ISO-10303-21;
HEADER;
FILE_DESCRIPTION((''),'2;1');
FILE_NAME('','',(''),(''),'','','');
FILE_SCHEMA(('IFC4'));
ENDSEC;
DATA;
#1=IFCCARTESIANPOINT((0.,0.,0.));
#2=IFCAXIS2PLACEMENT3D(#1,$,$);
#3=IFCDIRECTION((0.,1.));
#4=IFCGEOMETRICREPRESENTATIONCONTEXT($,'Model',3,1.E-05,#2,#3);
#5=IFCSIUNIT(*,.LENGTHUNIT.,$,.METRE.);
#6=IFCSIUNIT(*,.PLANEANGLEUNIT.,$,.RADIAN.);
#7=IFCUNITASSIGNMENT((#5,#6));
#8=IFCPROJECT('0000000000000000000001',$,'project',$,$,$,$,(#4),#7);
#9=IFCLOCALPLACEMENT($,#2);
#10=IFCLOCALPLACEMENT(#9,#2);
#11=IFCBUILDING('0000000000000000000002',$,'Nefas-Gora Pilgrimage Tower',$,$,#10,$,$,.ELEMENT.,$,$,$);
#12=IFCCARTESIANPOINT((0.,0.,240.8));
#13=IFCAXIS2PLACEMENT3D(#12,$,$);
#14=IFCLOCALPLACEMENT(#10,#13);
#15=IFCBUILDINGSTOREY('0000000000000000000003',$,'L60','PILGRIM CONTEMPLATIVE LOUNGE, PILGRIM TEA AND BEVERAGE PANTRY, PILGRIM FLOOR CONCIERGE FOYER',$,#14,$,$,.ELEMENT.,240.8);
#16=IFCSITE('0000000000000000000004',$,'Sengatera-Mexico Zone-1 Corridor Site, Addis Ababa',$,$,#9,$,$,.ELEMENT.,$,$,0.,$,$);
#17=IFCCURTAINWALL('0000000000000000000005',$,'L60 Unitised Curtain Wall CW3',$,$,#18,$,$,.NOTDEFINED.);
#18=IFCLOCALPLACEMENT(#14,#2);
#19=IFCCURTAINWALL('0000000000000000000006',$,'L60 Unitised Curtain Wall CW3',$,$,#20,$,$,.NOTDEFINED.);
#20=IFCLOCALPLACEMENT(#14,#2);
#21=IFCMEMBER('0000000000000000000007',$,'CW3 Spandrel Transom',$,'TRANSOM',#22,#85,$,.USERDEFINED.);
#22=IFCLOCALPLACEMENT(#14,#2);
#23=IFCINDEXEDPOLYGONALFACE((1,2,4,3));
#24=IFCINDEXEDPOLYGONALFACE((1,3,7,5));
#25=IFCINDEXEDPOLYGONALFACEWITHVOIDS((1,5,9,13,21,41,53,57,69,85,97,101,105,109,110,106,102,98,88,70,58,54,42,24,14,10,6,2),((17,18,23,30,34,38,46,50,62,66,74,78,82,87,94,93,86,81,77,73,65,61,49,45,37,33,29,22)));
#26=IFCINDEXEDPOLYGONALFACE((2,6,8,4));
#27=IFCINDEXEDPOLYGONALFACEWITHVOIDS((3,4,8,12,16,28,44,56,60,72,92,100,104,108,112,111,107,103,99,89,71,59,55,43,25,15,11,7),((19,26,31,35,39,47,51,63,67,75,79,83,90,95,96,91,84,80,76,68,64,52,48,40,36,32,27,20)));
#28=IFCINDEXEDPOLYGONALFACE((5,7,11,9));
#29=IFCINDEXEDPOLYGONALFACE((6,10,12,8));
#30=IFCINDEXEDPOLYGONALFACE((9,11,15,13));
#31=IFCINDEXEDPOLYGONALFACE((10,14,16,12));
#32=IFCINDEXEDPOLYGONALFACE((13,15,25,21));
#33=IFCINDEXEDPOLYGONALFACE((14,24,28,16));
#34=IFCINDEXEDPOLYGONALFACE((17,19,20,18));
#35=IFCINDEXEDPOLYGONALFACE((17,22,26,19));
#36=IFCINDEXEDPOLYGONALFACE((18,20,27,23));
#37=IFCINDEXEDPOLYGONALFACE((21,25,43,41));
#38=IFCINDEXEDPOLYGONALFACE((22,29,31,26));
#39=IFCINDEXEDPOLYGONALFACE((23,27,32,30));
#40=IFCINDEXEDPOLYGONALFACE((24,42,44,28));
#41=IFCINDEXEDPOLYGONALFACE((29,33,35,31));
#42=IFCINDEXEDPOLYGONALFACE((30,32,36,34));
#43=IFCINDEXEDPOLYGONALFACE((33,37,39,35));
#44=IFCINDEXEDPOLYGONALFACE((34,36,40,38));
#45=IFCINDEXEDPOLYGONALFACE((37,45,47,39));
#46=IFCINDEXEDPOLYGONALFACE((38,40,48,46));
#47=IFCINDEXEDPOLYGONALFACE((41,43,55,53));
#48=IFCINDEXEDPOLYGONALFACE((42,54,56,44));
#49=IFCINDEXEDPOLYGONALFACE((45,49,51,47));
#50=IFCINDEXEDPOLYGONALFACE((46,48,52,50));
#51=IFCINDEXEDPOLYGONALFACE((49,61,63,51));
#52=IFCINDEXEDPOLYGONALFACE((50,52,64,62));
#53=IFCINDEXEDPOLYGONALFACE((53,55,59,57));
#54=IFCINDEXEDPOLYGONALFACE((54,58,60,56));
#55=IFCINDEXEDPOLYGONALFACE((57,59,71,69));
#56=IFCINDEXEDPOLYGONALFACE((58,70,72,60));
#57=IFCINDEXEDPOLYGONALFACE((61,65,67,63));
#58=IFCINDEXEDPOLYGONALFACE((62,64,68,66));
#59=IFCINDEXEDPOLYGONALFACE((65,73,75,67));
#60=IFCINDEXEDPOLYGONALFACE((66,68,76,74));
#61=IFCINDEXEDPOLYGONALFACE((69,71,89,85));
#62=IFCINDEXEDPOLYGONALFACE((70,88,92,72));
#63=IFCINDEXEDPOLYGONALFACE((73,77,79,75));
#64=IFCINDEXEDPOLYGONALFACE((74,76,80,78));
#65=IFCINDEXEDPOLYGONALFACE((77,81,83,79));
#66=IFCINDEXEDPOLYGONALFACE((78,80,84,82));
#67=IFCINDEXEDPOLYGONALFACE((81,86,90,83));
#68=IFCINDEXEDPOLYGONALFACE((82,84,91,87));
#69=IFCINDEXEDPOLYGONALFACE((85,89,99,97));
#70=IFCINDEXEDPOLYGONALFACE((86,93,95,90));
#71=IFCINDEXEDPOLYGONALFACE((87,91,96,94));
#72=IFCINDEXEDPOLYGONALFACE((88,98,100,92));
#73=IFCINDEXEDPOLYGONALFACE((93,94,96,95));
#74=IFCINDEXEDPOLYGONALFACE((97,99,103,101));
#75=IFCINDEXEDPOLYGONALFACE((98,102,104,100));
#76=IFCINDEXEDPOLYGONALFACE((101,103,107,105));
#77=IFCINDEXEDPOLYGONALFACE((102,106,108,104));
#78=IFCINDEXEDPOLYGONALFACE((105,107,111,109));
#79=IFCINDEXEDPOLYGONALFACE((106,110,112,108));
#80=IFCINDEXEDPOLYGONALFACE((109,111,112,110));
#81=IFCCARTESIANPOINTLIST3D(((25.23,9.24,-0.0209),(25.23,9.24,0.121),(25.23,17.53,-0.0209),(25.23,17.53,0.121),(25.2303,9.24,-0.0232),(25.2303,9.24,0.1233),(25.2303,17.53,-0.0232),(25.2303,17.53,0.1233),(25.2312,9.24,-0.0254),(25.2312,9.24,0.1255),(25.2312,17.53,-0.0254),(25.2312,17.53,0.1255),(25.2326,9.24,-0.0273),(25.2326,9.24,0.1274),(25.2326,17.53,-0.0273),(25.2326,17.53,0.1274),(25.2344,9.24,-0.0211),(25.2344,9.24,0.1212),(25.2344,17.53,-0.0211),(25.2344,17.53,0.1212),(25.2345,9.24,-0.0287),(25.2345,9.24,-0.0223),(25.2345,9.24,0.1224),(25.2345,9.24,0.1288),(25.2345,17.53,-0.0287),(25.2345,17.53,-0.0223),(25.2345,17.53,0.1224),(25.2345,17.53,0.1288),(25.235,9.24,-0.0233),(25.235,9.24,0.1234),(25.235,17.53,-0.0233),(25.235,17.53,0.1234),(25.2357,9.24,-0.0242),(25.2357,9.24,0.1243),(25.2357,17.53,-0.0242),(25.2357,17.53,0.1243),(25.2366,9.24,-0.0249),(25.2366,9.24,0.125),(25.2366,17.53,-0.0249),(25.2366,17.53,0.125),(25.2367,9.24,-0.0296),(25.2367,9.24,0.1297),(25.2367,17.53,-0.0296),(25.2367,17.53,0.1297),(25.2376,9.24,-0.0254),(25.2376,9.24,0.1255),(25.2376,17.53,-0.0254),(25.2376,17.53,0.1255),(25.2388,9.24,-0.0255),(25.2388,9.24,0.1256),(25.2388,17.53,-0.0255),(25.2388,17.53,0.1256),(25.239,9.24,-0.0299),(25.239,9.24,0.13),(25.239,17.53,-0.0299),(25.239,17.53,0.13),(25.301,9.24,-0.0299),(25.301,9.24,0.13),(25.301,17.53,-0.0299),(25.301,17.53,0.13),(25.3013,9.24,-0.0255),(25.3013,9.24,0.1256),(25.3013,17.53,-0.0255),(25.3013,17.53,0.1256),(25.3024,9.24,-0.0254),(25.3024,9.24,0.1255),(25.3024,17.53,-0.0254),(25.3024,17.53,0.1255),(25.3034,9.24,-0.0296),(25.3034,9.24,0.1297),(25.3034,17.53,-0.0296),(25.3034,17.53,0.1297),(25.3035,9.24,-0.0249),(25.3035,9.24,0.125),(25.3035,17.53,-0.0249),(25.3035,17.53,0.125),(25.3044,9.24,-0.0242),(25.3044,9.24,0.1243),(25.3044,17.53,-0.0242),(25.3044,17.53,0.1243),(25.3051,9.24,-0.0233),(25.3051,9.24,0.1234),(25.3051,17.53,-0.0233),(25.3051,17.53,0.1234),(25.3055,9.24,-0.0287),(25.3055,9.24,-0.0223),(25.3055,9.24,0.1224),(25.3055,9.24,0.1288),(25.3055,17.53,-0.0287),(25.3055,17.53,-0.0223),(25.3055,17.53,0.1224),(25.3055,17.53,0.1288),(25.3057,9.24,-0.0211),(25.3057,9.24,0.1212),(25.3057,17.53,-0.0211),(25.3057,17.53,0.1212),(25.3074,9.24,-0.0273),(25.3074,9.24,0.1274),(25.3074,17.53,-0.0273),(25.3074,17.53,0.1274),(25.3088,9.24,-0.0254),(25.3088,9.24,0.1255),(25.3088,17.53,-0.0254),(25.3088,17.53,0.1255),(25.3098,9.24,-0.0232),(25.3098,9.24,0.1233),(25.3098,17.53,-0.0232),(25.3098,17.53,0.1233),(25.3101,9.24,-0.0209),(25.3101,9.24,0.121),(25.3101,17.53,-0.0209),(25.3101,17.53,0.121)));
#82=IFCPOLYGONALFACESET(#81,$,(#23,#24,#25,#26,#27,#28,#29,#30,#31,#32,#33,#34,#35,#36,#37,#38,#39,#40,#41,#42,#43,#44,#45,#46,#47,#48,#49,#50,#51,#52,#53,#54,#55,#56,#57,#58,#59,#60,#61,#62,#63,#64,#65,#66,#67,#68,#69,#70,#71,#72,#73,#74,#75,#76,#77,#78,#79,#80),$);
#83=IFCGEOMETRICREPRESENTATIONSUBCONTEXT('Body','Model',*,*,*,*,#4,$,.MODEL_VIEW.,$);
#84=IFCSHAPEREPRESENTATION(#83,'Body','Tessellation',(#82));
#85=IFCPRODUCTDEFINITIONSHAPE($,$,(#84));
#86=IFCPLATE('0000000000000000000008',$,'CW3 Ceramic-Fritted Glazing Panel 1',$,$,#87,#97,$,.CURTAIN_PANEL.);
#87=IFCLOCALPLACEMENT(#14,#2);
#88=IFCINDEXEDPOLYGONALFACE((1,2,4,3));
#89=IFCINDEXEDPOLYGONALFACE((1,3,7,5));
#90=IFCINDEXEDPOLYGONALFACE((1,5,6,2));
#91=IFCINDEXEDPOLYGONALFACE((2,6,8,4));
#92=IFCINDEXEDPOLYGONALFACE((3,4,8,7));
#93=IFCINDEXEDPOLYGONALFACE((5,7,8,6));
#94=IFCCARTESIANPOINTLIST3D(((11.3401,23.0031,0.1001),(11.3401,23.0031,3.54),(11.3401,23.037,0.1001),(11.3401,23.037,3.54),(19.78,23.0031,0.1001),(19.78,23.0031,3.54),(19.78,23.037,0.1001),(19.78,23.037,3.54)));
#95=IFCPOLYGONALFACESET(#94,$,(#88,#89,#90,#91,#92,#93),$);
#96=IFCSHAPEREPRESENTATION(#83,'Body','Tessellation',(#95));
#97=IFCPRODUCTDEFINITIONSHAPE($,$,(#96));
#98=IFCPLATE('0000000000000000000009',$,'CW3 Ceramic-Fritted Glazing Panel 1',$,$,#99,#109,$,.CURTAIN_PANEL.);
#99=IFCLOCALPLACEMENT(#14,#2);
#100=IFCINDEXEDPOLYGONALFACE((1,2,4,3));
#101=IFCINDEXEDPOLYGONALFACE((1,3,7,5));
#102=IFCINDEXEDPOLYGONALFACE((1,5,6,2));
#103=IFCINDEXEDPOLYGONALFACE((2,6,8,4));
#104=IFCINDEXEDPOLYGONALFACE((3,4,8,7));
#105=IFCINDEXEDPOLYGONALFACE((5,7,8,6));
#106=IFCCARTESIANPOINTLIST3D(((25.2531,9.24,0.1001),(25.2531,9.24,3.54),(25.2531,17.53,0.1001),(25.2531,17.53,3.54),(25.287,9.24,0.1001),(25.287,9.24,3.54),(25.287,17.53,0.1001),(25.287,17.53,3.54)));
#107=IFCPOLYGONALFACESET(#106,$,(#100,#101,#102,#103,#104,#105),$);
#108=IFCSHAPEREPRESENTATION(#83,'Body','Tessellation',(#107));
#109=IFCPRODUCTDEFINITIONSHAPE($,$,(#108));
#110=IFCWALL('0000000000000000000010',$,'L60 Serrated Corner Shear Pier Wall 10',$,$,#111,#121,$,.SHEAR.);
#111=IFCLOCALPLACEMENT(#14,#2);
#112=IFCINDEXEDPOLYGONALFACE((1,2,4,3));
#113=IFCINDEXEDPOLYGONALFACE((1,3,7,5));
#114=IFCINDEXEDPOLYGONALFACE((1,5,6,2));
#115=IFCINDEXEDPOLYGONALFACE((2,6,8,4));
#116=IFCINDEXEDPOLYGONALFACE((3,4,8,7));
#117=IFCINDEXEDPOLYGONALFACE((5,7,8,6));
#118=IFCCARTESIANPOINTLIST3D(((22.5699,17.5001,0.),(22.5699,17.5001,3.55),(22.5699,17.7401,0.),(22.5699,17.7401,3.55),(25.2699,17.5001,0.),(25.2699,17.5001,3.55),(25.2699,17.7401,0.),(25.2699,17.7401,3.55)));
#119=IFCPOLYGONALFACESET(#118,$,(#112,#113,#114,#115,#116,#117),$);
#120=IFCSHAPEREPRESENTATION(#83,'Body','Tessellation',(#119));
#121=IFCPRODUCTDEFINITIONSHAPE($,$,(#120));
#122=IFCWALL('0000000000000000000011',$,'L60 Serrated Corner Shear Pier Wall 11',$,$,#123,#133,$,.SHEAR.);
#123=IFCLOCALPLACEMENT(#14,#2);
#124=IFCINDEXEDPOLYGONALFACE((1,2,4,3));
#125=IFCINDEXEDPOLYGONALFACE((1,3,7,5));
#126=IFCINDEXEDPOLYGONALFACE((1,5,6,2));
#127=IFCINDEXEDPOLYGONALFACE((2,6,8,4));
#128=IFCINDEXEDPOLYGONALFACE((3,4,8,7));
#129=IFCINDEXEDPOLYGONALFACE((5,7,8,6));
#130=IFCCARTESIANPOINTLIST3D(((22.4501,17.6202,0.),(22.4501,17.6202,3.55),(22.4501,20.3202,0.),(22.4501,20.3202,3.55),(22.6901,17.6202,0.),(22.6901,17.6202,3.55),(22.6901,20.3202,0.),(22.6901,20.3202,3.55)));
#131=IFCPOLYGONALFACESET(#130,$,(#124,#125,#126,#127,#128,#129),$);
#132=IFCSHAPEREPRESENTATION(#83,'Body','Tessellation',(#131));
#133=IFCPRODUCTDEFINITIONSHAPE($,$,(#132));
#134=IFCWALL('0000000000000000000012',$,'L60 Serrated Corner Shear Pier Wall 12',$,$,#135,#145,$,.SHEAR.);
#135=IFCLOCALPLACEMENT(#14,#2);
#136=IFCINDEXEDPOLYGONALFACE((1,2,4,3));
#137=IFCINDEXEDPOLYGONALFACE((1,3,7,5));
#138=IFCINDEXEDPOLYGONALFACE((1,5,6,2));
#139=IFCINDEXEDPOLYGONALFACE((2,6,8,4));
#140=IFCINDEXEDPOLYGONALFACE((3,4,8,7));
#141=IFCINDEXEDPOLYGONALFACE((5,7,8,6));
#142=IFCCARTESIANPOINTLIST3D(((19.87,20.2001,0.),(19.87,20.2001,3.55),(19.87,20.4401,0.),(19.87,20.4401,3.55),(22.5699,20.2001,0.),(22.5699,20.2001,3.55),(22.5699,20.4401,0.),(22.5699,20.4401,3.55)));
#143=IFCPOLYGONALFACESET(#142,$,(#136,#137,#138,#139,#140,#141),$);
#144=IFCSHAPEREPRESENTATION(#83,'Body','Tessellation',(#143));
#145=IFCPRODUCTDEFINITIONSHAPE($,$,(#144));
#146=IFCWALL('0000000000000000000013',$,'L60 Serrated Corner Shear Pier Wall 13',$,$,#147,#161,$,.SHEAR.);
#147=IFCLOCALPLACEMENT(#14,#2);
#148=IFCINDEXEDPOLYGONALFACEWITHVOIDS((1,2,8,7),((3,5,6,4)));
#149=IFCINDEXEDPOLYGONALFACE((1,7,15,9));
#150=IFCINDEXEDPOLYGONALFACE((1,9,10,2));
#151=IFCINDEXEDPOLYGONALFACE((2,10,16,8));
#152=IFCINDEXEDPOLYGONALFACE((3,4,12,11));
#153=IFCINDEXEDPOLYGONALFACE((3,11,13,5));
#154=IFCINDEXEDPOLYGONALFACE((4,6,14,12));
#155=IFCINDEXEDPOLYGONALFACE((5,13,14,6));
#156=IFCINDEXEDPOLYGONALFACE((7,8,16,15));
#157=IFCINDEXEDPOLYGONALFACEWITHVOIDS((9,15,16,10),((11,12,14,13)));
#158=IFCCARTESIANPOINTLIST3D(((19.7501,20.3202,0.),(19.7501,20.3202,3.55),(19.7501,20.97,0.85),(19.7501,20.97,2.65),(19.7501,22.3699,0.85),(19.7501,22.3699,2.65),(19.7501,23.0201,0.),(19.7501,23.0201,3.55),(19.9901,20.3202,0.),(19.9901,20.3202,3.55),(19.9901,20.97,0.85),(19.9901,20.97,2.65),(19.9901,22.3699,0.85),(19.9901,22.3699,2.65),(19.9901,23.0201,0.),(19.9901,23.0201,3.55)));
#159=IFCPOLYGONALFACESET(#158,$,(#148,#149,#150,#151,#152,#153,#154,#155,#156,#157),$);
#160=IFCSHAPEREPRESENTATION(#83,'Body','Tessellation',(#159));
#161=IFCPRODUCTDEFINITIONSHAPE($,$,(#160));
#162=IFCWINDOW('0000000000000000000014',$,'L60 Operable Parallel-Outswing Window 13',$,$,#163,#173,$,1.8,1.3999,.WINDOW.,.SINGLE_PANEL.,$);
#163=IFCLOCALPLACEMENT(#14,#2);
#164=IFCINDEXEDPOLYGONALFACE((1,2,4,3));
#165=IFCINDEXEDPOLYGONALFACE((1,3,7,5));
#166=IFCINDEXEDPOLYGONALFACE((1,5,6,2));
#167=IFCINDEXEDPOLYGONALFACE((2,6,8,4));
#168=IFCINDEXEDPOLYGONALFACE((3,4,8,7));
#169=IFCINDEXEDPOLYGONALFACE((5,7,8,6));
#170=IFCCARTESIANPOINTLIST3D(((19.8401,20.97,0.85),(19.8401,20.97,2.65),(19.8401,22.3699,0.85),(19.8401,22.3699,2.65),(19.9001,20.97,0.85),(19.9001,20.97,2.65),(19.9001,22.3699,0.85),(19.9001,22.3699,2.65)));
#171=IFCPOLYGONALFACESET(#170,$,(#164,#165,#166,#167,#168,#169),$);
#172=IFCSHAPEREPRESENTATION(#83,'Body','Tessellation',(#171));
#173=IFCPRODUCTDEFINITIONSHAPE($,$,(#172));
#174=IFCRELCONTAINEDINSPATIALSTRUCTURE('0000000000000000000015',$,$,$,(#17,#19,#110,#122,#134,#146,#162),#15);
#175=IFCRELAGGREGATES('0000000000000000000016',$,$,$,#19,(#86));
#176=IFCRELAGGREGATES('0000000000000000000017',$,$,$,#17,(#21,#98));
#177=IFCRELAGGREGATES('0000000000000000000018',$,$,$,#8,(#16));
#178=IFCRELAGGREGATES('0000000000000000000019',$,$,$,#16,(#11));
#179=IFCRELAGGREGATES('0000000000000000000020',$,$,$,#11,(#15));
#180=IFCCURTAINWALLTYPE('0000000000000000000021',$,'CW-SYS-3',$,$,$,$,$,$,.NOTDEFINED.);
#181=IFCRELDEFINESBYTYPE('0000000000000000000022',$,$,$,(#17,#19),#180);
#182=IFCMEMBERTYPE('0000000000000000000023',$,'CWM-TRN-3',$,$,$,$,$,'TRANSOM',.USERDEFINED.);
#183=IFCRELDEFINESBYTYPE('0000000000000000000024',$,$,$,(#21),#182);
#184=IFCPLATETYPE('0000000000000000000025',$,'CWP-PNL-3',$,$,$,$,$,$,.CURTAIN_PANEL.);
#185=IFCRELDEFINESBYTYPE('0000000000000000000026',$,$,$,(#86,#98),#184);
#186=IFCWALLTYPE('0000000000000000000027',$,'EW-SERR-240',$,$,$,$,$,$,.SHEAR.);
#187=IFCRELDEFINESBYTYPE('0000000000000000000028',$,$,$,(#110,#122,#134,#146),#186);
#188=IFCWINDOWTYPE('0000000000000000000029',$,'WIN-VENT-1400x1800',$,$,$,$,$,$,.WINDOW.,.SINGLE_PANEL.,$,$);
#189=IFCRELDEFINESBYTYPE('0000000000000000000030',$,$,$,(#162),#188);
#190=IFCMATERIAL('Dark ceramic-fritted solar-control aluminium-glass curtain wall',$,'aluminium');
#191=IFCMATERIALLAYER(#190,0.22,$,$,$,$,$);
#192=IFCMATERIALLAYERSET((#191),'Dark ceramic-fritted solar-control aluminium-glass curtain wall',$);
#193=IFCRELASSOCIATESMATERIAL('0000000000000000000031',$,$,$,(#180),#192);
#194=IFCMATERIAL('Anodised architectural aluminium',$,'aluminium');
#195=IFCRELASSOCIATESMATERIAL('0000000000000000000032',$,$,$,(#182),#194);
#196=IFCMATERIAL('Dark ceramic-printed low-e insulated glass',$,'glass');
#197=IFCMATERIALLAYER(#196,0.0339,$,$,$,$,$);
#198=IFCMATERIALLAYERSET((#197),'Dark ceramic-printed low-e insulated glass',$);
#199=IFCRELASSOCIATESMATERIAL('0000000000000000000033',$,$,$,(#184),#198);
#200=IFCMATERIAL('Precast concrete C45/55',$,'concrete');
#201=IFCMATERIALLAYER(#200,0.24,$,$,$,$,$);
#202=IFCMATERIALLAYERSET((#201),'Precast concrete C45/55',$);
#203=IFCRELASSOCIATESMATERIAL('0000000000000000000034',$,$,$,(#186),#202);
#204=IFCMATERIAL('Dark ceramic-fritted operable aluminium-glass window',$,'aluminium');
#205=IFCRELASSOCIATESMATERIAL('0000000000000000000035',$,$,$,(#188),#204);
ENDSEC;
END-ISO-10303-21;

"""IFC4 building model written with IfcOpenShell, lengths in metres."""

from ifc_helpers import new_model, si_unit, direction, frame, frame_2d, origin, origin_2d, place, context, subcontext, project, spatial, rectangle, hollow_rectangle, extrude, source, transform, mapped, material, layer, layer_set, material_profile, profile_set, type_object, element, fill, aggregate, save


model = new_model("IFC4")

# Units and contexts
model_context = context("Model", 3, precision=1e-05, world=origin(), true_north=direction((0.0, 1.0)))
body_context = subcontext(model_context, "Body", "Model", "MODEL_VIEW")
ifc_project = project(units=[si_unit("LENGTHUNIT", "METRE"), si_unit("PLANEANGLEUNIT", "RADIAN")], contexts=[model_context])

# Site, building, storey
site_placement = place(None, origin())
site = spatial("IfcSite", under=ifc_project, at=site_placement, Name="Sengatera-Mexico Zone-1 Corridor Site, Addis Ababa", CompositionType="ELEMENT", RefElevation=0.0)
building_placement = place(site_placement, origin())
building = spatial("IfcBuilding", under=site, at=building_placement, Name="Nefas-Gora Pilgrimage Tower", CompositionType="ELEMENT")
storey_placement = place(building_placement, frame((0.0, 0.0, 240.8)))
storey = spatial("IfcBuildingStorey", under=building, at=storey_placement, Name="L60", Description="PILGRIM CONTEMPLATIVE LOUNGE, PILGRIM TEA AND BEVERAGE PANTRY, PILGRIM FLOOR CONCIERGE FOYER", CompositionType="ELEMENT", Elevation=240.8)

# Curtain walls
ifc_material_1 = material(Name="Dark ceramic-fritted solar-control aluminium-glass curtain wall", Category="aluminium")
ifc_layer_1 = layer(ifc_material_1, 0.22)
ifc_layer_set_1 = layer_set([ifc_layer_1], Name="Dark ceramic-fritted solar-control aluminium-glass curtain wall")
curtain_wall_type = type_object("IfcCurtainWallType", Name="CW-SYS-3", PredefinedType="NOTDEFINED", material=ifc_layer_set_1)
curtain_wall_1_placement = place(storey_placement, origin())
curtain_wall_1 = element("IfcCurtainWall", 1, at=curtain_wall_1_placement, inside=storey, type_object=curtain_wall_type, Name="L60 Unitised Curtain Wall CW3", PredefinedType="NOTDEFINED")
ifc_material_2 = material(Name="Anodised architectural aluminium", Category="aluminium")
curtain_wall_2_placement = place(storey_placement, origin())
curtain_wall_2 = element("IfcCurtainWall", 2, at=curtain_wall_2_placement, inside=storey, type_object=curtain_wall_type, Name="L60 Unitised Curtain Wall CW3", PredefinedType="NOTDEFINED")
ifc_material_profile_1 = material_profile(ifc_material_2, hollow_rectangle(XDim=0.0801, YDim=0.1599, WallThickness=0.0044, InnerFilletRadius=0.0044, OuterFilletRadius=0.009, at=origin_2d()), Name="ALU TRANSOM 80x160")
ifc_profile_set_1 = profile_set([ifc_material_profile_1], Name="Anodised architectural aluminium")
member_type_1 = type_object("IfcMemberType", Name="CWM-TRN-3", ElementType="TRANSOM", PredefinedType="USERDEFINED", material=ifc_profile_set_1)

# Member
shared_shape_1 = source(origin(), body_context, "Body", "SweptSolid", [
    extrude(hollow_rectangle(XDim=0.0801, YDim=0.1599, WallThickness=0.0044, InnerFilletRadius=0.0044, OuterFilletRadius=0.009, at=origin_2d()), origin(), (0.0, 0.0, 1.0), 8.29),
])
member_1_placement = place(storey_placement, frame((25.27, 9.24, 0.05), z_axis=(0.0, 1.0, 0.0), x_axis=(-1.0, 0.0, 0.0)))
member_1 = element("IfcMember", 3, at=member_1_placement, type_object=member_type_1, Name="CW3 Spandrel Transom", ObjectType="TRANSOM", PredefinedType="USERDEFINED", context=body_context, shape_type="MappedRepresentation", body=[
    mapped(shared_shape_1, transform((0.0, 0.0, 0.0), x_axis=(1.0, 0.0, 0.0), y_axis=(0.0, 1.0, 0.0), z_axis=(0.0, 0.0, 1.0), scale=1.0)),
])

# Plates
ifc_material_3 = material(Name="Dark ceramic-printed low-e insulated glass", Category="glass")
ifc_layer_2 = layer(ifc_material_3, 0.0339)
ifc_layer_set_2 = layer_set([ifc_layer_2], Name="Dark ceramic-printed low-e insulated glass")
plate_type = type_object("IfcPlateType", Name="CWP-PNL-3", PredefinedType="CURTAIN_PANEL", material=ifc_layer_set_2)
shared_shape_2 = source(origin(), body_context, "Body", "SweptSolid", [
    extrude(rectangle(XDim=8.4399, YDim=0.0339, at=origin_2d()), origin(), (0.0, 0.0, 1.0), 3.4399),
])
plate_1_placement = place(storey_placement, frame((15.5601, 23.02, 0.1001), z_axis=(0.0, 0.0, 1.0), x_axis=(-1.0, 0.0, 0.0)))
plate_1 = element("IfcPlate", 4, at=plate_1_placement, type_object=plate_type, Name="CW3 Ceramic-Fritted Glazing Panel 1", PredefinedType="CURTAIN_PANEL", context=body_context, shape_type="MappedRepresentation", body=[
    mapped(shared_shape_2, transform((0.0, 0.0, 0.0), x_axis=(1.0, 0.0, 0.0), y_axis=(0.0, 1.0, 0.0), z_axis=(0.0, 0.0, 1.0), scale=1.0)),
])
aggregate(curtain_wall_2, [plate_1])
shared_shape_3 = source(origin(), body_context, "Body", "SweptSolid", [
    extrude(rectangle(XDim=8.29, YDim=0.0339, at=origin_2d()), origin(), (0.0, 0.0, 1.0), 3.4399),
])
plate_2_placement = place(storey_placement, frame((25.27, 13.385, 0.1001), z_axis=(0.0, 0.0, 1.0), x_axis=(0.0, 1.0, 0.0)))
plate_2 = element("IfcPlate", 5, at=plate_2_placement, type_object=plate_type, Name="CW3 Ceramic-Fritted Glazing Panel 1", PredefinedType="CURTAIN_PANEL", context=body_context, shape_type="MappedRepresentation", body=[
    mapped(shared_shape_3, transform((0.0, 0.0, 0.0), x_axis=(1.0, 0.0, 0.0), y_axis=(0.0, 1.0, 0.0), z_axis=(0.0, 0.0, 1.0), scale=1.0)),
])
aggregate(curtain_wall_1, [member_1, plate_2])

# Walls
ifc_material_4 = material(Name="Precast concrete C45/55", Category="concrete")
ifc_layer_3 = layer(ifc_material_4, 0.24)
ifc_layer_set_3 = layer_set([ifc_layer_3], Name="Precast concrete C45/55")
wall_type_1 = type_object("IfcWallType", Name="EW-SERR-240", PredefinedType="SHEAR", material=ifc_layer_set_3)
shared_shape_4 = source(origin(), body_context, "Body", "SweptSolid", [
    extrude(rectangle(XDim=2.7, YDim=0.24, at=frame_2d((1.3501, 0.0))), origin(), (0.0, 0.0, 1.0), 3.55),
])
for number, where, z_axis, x_axis, name in (
    (6, (25.27, 17.6201, 0.0), (0.0, 0.0, 1.0), (-1.0, 0.0, 0.0), "L60 Serrated Corner Shear Pier Wall 10"),
    (7, (22.5701, 17.6201, 0.0), (0.0, 0.0, 1.0), (0.0, 1.0, 0.0), "L60 Serrated Corner Shear Pier Wall 11"),
    (8, (22.5701, 20.3201, 0.0), (0.0, 0.0, 1.0), (-1.0, 0.0, 0.0), "L60 Serrated Corner Shear Pier Wall 12"),
):
    element("IfcWall", number, at=place(storey_placement, frame(where, z_axis=z_axis, x_axis=x_axis)), inside=storey, type_object=wall_type_1, Name=name, PredefinedType="SHEAR", context=body_context, shape_type="MappedRepresentation", body=[
        mapped(shared_shape_4, transform((0.0, 0.0, 0.0), x_axis=(1.0, 0.0, 0.0), y_axis=(0.0, 1.0, 0.0), z_axis=(0.0, 0.0, 1.0), scale=1.0)),
    ])

# Wall, opening, window
wall_1_placement = place(storey_placement, frame((19.8701, 20.3201, 0.0), z_axis=(0.0, 0.0, 1.0), x_axis=(0.0, 1.0, 0.0)))
wall_1 = element("IfcWall", 9, at=wall_1_placement, inside=storey, type_object=wall_type_1, Name="L60 Serrated Corner Shear Pier Wall 13", PredefinedType="SHEAR", context=body_context, shape_type="MappedRepresentation", body=[
    mapped(shared_shape_4, transform((0.0, 0.0, 0.0), x_axis=(1.0, 0.0, 0.0), y_axis=(0.0, 1.0, 0.0), z_axis=(0.0, 0.0, 1.0), scale=1.0)),
])
opening_1_placement = place(wall_1_placement, frame((0.6499, 0.0, 0.8501)))
opening_1 = element("IfcOpeningElement", 10, at=opening_1_placement, cuts=wall_1, PredefinedType="OPENING", context=body_context, shape_type="SweptSolid", body=[
    extrude(rectangle(XDim=1.3999, YDim=1.8, at=frame_2d((0.7, 0.8999))), frame((0.0, 0.1299, 0.0), z_axis=(0.0, -1.0, 0.0), x_axis=(1.0, 0.0, 0.0)), (0.0, 0.0, 1.0), 0.26),
])
ifc_material_5 = material(Name="Dark ceramic-fritted operable aluminium-glass window", Category="aluminium")
window_type = type_object("IfcWindowType", Name="WIN-VENT-1400x1800", PartitioningType="SINGLE_PANEL", PredefinedType="WINDOW", material=ifc_material_5)
shared_shape_5 = source(origin(), body_context, "Body", "SweptSolid", [
    extrude(rectangle(XDim=1.3999, YDim=1.8, at=frame_2d((0.7, 0.8999))), frame((0.0, 0.03, 0.0), z_axis=(0.0, -1.0, 0.0), x_axis=(1.0, 0.0, 0.0)), (0.0, 0.0, 1.0), 0.0601),
])
window_placement = place(opening_1_placement, origin())
window = element("IfcWindow", 11, at=window_placement, inside=storey, type_object=window_type, Name="L60 Operable Parallel-Outswing Window 13", OverallHeight=1.8, OverallWidth=1.3999, PartitioningType="SINGLE_PANEL", PredefinedType="WINDOW", context=body_context, shape_type="MappedRepresentation", body=[
    mapped(shared_shape_5, transform((0.0, 0.0, 0.0), x_axis=(1.0, 0.0, 0.0), y_axis=(0.0, 1.0, 0.0), z_axis=(0.0, 0.0, 1.0), scale=1.0)),
])
fill(opening_1, window)

save(model, "model.ifc")
